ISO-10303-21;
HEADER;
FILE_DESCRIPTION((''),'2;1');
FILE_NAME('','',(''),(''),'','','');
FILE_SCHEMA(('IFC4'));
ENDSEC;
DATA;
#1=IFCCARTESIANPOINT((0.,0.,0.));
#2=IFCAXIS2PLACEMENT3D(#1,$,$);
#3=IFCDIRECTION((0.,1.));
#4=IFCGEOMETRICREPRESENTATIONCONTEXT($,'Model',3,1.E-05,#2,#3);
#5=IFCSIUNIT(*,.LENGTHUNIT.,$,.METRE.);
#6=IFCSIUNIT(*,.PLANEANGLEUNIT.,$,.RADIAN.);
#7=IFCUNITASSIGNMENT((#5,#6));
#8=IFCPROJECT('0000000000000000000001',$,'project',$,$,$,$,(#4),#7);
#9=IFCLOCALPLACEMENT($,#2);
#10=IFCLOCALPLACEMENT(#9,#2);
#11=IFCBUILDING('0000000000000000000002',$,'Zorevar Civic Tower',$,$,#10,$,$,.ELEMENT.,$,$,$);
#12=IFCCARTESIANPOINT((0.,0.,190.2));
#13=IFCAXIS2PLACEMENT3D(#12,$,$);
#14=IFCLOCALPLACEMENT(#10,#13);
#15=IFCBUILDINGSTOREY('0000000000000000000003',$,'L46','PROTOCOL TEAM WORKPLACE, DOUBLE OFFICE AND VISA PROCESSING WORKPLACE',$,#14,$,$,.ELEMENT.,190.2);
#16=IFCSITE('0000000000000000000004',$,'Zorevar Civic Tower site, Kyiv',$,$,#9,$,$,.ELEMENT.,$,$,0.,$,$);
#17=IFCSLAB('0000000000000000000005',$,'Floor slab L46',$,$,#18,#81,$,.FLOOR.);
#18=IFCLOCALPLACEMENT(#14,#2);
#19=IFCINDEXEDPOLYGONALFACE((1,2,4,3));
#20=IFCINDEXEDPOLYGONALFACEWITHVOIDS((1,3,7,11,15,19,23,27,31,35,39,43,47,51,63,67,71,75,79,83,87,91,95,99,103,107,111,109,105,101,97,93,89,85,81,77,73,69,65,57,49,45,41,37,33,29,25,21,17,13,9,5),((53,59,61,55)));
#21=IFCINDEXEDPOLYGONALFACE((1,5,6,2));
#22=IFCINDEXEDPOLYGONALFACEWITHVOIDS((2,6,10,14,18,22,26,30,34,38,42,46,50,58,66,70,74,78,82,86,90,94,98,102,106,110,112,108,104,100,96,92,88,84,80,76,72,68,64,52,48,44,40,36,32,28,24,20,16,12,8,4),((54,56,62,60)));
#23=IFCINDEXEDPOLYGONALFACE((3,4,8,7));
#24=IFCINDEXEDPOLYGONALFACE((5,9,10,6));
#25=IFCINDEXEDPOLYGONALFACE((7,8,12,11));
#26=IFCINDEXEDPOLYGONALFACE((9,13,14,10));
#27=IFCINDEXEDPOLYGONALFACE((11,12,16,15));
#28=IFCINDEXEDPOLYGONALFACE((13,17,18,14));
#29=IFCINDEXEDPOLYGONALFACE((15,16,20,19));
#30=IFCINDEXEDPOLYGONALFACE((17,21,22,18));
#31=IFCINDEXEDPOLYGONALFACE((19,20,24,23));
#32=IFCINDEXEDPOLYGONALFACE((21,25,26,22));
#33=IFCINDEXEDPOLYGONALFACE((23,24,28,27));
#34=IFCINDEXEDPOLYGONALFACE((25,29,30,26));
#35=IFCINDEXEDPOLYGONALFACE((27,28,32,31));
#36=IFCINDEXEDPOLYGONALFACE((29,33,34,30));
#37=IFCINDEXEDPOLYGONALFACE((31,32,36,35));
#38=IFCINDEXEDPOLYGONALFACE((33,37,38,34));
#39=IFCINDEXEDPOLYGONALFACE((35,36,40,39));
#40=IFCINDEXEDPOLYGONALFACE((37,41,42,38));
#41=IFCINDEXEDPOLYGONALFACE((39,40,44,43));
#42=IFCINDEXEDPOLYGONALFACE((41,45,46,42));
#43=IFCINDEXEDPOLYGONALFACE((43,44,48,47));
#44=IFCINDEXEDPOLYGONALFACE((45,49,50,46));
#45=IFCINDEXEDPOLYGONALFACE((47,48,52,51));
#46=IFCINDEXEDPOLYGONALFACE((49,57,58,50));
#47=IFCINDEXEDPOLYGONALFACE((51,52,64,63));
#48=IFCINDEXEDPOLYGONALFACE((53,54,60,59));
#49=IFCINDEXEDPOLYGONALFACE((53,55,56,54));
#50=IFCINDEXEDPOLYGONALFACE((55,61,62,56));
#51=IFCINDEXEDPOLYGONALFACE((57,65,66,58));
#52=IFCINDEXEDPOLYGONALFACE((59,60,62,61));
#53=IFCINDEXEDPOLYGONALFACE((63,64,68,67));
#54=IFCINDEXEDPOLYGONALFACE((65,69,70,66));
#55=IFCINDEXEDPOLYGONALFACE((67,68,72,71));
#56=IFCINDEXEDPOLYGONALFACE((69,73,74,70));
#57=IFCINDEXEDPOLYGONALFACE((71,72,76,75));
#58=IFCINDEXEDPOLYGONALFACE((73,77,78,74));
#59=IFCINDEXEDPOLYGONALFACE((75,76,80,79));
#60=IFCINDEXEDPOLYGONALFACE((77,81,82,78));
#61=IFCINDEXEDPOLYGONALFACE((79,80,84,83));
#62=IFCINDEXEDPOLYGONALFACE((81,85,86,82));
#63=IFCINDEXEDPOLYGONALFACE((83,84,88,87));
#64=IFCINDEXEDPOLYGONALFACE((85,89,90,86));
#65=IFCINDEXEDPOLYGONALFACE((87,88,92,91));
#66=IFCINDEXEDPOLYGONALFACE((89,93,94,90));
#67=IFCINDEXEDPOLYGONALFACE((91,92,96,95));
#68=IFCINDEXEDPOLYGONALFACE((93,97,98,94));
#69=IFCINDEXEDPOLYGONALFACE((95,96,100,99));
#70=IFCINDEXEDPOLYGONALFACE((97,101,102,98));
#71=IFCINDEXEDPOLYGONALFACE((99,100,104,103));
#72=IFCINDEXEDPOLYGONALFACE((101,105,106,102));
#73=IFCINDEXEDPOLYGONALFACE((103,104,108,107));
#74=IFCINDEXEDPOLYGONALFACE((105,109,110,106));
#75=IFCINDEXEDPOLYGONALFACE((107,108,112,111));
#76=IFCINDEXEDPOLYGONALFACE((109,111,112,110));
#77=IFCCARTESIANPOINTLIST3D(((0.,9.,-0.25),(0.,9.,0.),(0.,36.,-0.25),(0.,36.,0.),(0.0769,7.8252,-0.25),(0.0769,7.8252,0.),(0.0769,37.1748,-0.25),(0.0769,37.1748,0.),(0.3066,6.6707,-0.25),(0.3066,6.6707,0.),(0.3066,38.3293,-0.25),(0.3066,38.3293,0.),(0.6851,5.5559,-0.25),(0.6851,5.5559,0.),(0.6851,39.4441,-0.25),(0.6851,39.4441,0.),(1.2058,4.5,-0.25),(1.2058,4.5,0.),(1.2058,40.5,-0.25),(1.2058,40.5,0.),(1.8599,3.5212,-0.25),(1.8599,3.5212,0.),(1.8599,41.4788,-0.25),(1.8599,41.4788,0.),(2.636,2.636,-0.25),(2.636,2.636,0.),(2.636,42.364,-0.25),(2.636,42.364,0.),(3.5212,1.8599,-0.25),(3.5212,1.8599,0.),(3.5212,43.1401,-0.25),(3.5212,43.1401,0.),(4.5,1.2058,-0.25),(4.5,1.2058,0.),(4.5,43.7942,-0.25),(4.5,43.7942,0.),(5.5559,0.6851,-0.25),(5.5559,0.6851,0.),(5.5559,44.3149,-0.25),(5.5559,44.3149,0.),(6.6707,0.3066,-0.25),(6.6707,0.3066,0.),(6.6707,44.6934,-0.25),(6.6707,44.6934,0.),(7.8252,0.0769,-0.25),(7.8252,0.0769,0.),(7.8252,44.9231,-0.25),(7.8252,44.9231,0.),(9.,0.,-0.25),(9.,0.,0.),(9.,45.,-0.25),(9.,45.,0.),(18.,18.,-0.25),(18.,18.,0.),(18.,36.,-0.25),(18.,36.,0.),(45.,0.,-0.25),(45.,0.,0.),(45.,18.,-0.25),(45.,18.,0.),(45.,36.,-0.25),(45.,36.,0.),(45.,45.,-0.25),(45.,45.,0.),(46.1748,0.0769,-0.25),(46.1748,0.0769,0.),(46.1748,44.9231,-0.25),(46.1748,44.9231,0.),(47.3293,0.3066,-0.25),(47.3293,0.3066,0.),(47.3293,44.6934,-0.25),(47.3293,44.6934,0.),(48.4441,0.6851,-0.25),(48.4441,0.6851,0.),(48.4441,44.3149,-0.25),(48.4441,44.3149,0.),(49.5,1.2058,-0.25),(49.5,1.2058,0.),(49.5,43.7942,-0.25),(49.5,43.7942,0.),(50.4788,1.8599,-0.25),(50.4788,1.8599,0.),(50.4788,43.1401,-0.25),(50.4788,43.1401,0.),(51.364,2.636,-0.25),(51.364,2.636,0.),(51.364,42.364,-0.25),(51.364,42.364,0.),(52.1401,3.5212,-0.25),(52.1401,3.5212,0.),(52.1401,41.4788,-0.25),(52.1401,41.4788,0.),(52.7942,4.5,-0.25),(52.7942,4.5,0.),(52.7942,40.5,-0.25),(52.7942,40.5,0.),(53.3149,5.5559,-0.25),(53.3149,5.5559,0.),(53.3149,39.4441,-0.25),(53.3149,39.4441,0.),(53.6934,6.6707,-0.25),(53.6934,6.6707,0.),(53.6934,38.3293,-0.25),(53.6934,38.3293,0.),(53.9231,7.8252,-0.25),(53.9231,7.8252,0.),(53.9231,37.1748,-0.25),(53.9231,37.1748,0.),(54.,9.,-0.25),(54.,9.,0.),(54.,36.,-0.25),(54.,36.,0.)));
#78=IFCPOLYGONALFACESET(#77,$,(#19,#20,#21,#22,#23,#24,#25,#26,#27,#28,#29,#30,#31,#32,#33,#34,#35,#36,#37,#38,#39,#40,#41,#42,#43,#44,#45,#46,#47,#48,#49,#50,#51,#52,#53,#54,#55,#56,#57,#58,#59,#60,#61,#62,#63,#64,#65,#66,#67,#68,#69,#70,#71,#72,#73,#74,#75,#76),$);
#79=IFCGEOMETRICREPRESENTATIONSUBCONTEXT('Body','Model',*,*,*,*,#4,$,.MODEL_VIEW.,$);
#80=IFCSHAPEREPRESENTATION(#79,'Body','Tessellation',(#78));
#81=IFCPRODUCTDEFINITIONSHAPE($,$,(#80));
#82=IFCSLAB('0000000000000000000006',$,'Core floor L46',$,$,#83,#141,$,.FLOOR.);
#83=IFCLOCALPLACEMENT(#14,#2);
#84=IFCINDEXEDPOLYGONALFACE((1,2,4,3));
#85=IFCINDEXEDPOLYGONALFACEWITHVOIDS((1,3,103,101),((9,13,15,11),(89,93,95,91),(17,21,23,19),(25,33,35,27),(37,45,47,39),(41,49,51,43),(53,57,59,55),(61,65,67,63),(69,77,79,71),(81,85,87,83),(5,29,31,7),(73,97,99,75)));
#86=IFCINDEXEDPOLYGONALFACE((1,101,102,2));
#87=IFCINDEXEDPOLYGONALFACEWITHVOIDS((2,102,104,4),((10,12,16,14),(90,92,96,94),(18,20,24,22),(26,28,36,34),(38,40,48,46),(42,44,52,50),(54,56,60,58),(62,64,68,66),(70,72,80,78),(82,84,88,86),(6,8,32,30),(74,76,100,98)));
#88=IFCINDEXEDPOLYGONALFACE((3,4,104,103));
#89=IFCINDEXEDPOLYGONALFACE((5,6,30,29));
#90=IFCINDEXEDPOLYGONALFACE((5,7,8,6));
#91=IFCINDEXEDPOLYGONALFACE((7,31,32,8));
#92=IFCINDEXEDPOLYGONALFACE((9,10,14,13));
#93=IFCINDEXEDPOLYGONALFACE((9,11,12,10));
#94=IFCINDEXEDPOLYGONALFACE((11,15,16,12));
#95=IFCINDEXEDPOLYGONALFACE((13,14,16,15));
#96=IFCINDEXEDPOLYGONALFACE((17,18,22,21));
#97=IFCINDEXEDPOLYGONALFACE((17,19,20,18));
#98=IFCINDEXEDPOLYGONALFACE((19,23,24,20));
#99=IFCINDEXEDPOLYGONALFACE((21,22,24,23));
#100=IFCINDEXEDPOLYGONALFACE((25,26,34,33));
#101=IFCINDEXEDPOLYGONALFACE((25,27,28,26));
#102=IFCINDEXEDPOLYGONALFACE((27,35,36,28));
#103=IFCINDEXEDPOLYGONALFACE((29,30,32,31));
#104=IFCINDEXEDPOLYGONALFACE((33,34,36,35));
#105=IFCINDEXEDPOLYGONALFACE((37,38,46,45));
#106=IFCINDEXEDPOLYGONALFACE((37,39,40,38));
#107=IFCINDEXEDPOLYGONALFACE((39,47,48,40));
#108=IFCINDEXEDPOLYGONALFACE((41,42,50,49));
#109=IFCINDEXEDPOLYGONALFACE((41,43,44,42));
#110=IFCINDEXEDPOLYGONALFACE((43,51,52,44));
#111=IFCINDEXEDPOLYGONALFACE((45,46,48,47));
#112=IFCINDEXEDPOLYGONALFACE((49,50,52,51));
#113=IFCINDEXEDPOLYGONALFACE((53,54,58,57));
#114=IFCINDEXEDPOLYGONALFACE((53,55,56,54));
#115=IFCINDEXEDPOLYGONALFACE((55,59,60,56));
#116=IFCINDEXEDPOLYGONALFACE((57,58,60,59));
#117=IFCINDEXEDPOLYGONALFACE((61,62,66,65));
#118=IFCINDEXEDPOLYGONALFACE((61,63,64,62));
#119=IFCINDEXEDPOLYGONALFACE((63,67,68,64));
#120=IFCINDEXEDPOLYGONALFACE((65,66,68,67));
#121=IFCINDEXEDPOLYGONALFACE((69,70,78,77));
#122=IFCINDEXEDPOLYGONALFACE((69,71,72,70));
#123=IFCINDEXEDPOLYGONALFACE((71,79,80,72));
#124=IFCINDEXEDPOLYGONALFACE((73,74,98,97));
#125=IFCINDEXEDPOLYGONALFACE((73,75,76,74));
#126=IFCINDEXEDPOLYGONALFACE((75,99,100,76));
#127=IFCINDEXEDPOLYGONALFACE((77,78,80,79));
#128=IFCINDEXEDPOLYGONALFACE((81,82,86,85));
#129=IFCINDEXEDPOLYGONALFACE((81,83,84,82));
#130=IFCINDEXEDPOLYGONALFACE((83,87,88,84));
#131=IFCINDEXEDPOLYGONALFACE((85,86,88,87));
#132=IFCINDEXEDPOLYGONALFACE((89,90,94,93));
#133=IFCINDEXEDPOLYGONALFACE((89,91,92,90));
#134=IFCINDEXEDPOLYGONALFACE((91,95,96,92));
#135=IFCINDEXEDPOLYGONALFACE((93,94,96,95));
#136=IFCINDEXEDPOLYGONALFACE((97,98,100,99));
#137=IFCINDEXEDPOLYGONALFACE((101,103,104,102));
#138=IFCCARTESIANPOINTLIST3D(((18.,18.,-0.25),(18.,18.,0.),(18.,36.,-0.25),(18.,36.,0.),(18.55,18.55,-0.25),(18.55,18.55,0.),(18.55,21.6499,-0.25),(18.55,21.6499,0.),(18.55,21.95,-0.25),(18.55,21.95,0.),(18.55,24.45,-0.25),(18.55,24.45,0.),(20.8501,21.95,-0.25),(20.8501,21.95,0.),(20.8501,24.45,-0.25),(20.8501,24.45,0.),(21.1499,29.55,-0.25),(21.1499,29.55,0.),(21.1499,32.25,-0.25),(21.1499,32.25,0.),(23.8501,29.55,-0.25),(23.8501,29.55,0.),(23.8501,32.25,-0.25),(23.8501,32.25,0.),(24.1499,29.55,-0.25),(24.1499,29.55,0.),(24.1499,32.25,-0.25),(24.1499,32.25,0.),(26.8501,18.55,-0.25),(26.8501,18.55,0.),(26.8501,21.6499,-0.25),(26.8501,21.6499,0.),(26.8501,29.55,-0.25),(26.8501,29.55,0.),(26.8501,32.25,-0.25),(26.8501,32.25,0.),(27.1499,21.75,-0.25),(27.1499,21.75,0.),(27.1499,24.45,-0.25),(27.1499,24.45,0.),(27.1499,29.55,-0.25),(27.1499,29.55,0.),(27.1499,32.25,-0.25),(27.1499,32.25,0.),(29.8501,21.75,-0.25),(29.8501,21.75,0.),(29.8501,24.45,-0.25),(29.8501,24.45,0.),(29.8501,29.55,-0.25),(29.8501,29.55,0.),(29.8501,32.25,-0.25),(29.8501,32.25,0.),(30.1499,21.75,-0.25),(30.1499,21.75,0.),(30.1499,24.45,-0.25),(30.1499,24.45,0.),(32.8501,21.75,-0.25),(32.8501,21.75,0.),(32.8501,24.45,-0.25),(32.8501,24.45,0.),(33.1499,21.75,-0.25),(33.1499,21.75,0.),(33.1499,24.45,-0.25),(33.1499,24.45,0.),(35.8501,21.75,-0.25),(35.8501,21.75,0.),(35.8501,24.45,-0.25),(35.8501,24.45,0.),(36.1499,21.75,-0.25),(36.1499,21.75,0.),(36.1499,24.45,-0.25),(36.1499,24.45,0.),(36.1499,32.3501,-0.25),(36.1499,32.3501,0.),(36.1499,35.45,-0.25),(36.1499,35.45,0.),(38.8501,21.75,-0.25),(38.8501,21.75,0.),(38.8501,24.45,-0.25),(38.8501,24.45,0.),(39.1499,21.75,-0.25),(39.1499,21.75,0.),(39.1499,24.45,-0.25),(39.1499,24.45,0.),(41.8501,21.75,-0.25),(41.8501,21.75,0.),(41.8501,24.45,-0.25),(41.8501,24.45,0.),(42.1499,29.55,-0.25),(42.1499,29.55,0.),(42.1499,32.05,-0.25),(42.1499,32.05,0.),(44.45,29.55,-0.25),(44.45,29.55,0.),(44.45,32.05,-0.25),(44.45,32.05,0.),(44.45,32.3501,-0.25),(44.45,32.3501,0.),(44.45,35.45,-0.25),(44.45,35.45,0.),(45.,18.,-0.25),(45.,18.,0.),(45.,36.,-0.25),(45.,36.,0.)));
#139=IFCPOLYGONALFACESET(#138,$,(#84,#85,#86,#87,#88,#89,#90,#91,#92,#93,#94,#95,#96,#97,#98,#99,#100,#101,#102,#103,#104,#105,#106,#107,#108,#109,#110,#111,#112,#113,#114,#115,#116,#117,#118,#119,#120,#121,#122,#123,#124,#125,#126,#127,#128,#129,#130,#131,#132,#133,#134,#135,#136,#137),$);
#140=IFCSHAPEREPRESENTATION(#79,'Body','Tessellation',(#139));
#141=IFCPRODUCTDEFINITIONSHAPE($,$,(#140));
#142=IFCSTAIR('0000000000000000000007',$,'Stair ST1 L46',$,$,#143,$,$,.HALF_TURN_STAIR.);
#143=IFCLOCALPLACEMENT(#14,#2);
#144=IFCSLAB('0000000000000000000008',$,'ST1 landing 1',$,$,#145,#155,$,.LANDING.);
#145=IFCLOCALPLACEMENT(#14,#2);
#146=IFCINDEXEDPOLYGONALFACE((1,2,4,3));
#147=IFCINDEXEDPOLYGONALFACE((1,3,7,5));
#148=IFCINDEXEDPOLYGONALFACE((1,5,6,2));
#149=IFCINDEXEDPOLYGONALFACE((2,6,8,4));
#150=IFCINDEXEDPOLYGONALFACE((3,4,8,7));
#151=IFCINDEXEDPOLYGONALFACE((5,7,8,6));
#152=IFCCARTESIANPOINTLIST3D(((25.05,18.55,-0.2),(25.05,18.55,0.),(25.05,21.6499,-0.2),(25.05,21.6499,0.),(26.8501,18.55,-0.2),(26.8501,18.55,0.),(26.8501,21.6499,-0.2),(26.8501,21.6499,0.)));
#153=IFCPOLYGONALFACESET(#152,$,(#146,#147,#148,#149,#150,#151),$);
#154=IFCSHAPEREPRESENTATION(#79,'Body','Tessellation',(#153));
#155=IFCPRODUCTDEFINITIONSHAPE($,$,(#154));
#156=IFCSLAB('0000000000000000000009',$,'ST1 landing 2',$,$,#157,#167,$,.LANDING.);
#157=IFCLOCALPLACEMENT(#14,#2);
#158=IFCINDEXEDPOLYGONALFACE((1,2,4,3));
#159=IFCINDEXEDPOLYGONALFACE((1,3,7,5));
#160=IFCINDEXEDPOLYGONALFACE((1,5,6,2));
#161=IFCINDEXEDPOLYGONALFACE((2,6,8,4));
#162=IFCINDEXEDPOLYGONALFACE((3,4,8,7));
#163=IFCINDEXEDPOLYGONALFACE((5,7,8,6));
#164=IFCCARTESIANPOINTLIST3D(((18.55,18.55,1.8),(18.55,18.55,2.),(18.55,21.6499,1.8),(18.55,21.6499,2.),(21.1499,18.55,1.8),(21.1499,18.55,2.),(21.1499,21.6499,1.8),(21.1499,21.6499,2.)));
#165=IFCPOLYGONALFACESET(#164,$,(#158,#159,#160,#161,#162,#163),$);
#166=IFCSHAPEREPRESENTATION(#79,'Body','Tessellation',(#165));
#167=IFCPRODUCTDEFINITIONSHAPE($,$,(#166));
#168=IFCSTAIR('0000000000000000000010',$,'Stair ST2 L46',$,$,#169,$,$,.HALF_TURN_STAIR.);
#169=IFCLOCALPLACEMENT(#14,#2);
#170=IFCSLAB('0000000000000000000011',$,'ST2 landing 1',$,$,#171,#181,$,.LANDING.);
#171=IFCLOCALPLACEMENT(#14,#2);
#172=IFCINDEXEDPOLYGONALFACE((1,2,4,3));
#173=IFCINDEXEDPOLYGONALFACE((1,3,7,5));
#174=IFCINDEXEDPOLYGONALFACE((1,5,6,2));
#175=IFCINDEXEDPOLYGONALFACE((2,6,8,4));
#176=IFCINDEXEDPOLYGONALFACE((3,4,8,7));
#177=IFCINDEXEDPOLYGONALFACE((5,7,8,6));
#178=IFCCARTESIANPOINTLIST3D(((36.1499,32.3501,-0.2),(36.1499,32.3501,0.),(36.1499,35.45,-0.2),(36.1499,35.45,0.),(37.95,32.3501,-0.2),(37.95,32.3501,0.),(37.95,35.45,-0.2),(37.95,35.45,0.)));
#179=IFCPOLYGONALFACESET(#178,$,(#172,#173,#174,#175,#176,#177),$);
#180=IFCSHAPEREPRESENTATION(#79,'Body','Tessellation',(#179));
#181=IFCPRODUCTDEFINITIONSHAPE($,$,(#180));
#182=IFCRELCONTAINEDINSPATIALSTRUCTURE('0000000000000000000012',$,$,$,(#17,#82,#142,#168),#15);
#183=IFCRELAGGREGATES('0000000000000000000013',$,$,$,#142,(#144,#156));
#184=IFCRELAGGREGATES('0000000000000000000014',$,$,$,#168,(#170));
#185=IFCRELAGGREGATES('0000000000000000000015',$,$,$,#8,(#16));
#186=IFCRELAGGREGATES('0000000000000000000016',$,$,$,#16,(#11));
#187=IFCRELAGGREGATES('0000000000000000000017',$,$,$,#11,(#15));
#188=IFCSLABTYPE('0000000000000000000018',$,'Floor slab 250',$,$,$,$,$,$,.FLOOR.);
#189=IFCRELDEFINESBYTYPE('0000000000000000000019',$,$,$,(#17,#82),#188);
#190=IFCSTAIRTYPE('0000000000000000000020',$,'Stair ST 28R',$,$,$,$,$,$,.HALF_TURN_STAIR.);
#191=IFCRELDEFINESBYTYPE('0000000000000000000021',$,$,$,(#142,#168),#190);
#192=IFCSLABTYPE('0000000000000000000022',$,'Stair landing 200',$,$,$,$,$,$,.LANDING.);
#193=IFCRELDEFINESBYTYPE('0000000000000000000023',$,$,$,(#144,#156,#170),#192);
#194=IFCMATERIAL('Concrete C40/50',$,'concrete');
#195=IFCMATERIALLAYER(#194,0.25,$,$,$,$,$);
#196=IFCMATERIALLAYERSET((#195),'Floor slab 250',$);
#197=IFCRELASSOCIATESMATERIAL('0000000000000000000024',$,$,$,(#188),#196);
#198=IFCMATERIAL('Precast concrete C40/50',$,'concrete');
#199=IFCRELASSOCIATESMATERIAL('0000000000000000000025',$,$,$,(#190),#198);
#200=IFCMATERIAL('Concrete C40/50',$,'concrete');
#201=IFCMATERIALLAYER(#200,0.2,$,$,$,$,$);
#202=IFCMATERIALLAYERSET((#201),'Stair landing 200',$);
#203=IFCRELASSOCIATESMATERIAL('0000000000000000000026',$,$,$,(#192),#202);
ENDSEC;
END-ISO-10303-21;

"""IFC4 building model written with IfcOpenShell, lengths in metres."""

from ifc_helpers import new_model, si_unit, direction, frame, origin, place, context, subcontext, project, spatial, polyline, outline, extrude, material, layer, layer_set, type_object, element, aggregate, save


model = new_model("IFC4")

# Units and contexts
model_context = context("Model", 3, precision=1e-05, world=origin(), true_north=direction((0.0, 1.0)))
body_context = subcontext(model_context, "Body", "Model", "MODEL_VIEW")
ifc_project = project(units=[si_unit("LENGTHUNIT", "METRE"), si_unit("PLANEANGLEUNIT", "RADIAN")], contexts=[model_context])

# Site, building, storey
site_placement = place(None, origin())
site = spatial("IfcSite", under=ifc_project, at=site_placement, Name="Zorevar Civic Tower site, Kyiv", CompositionType="ELEMENT", RefElevation=0.0)
building_placement = place(site_placement, origin())
building = spatial("IfcBuilding", under=site, at=building_placement, Name="Zorevar Civic Tower", CompositionType="ELEMENT")
storey_placement = place(building_placement, frame((0.0, 0.0, 190.2)))
storey = spatial("IfcBuildingStorey", under=building, at=storey_placement, Name="L46", Description="PROTOCOL TEAM WORKPLACE, DOUBLE OFFICE AND VISA PROCESSING WORKPLACE", CompositionType="ELEMENT", Elevation=190.2)

# Slabs
ifc_material_1 = material(Name="Concrete C40/50", Category="concrete")
ifc_layer_1 = layer(ifc_material_1, 0.25)
ifc_layer_set_1 = layer_set([ifc_layer_1], Name="Floor slab 250")
slab_type_1 = type_object("IfcSlabType", Name="Floor slab 250", PredefinedType="FLOOR", material=ifc_layer_set_1)
slab_1_placement = place(storey_placement, frame((0.0, 0.0, -0.25)))
element("IfcSlab", 1, at=slab_1_placement, inside=storey, type_object=slab_type_1, Name="Floor slab L46", PredefinedType="FLOOR", context=body_context, shape_type="SweptSolid", body=[
    extrude(outline(polyline([(45.0, 0.0), (46.1748, 0.0769), (47.3293, 0.3066), (48.4441, 0.6851), (49.5, 1.2058), (50.4788, 1.8599), (51.364, 2.636), (52.1401, 3.5212), (52.7942, 4.5), (53.3149, 5.5559), (53.6934, 6.6707), (53.9231, 7.8252), (54.0, 9.0), (54.0, 36.0), (53.9231, 37.1748), (53.6934, 38.3293), (53.3149, 39.4441), (52.7942, 40.5), (52.1401, 41.4788), (51.364, 42.364), (50.4788, 43.1401), (49.5, 43.7942), (48.4441, 44.3149), (47.3293, 44.6934), (46.1748, 44.9231), (45.0, 45.0), (9.0, 45.0), (7.8252, 44.9231), (6.6707, 44.6934), (5.5559, 44.3149), (4.5, 43.7942), (3.5212, 43.1401), (2.636, 42.364), (1.8599, 41.4788), (1.2058, 40.5), (0.6851, 39.4441), (0.3066, 38.3293), (0.0769, 37.1748), (0.0, 36.0), (0.0, 9.0), (0.0769, 7.8252), (0.3066, 6.6707), (0.6851, 5.5559), (1.2058, 4.5), (1.8599, 3.5212), (2.636, 2.636), (3.5212, 1.8599), (4.5, 1.2058), (5.5559, 0.6851), (6.6707, 0.3066), (7.8252, 0.0769), (9.0, 0.0), (45.0, 0.0)]), holes=[polyline([(18.0, 18.0), (45.0, 18.0), (45.0, 36.0), (18.0, 36.0), (18.0, 18.0)])]), origin(), (0.0, 0.0, 1.0), 0.25),
])
slab_2_placement = place(storey_placement, frame((0.0, 0.0, -0.25)))
element("IfcSlab", 2, at=slab_2_placement, inside=storey, type_object=slab_type_1, Name="Core floor L46", PredefinedType="FLOOR", context=body_context, shape_type="SweptSolid", body=[
    extrude(outline(polyline([(18.0, 18.0), (45.0, 18.0), (45.0, 36.0), (18.0, 36.0), (18.0, 18.0)]), holes=[polyline([(18.55, 18.55), (26.8501, 18.55), (26.8501, 21.6499), (18.55, 21.6499), (18.55, 18.55)]), polyline([(36.1499, 32.3501), (44.45, 32.3501), (44.45, 35.45), (36.1499, 35.45), (36.1499, 32.3501)]), polyline([(18.55, 21.95), (20.8501, 21.95), (20.8501, 24.45), (18.55, 24.45), (18.55, 21.95)]), polyline([(42.1499, 29.55), (44.45, 29.55), (44.45, 32.05), (42.1499, 32.05), (42.1499, 29.55)]), polyline([(27.1499, 21.75), (29.8501, 21.75), (29.8501, 24.45), (27.1499, 24.45), (27.1499, 21.75)]), polyline([(30.1499, 21.75), (32.8501, 21.75), (32.8501, 24.45), (30.1499, 24.45), (30.1499, 21.75)]), polyline([(33.1499, 21.75), (35.8501, 21.75), (35.8501, 24.45), (33.1499, 24.45), (33.1499, 21.75)]), polyline([(27.1499, 29.55), (29.8501, 29.55), (29.8501, 32.25), (27.1499, 32.25), (27.1499, 29.55)]), polyline([(36.1499, 21.75), (38.8501, 21.75), (38.8501, 24.45), (36.1499, 24.45), (36.1499, 21.75)]), polyline([(24.1499, 29.55), (26.8501, 29.55), (26.8501, 32.25), (24.1499, 32.25), (24.1499, 29.55)]), polyline([(39.1499, 21.75), (41.8501, 21.75), (41.8501, 24.45), (39.1499, 24.45), (39.1499, 21.75)]), polyline([(21.1499, 29.55), (23.8501, 29.55), (23.8501, 32.25), (21.1499, 32.25), (21.1499, 29.55)])]), origin(), (0.0, 0.0, 1.0), 0.25),
])

# Stairs, slabs
ifc_material_2 = material(Name="Precast concrete C40/50", Category="concrete")
stair_type = type_object("IfcStairType", Name="Stair ST 28R", PredefinedType="HALF_TURN_STAIR", material=ifc_material_2)
stair_1_placement = place(storey_placement, origin())
stair_1 = element("IfcStair", 3, at=stair_1_placement, inside=storey, type_object=stair_type, Name="Stair ST1 L46", PredefinedType="HALF_TURN_STAIR")
ifc_material_3 = material(Name="Concrete C40/50", Category="concrete")
ifc_layer_2 = layer(ifc_material_3, 0.2)
ifc_layer_set_2 = layer_set([ifc_layer_2], Name="Stair landing 200")
slab_type_2 = type_object("IfcSlabType", Name="Stair landing 200", PredefinedType="LANDING", material=ifc_layer_set_2)
slab_3_placement = place(storey_placement, frame((0.0, 0.0, -0.2)))
slab_3 = element("IfcSlab", 4, at=slab_3_placement, type_object=slab_type_2, Name="ST1 landing 1", PredefinedType="LANDING", context=body_context, shape_type="SweptSolid", body=[
    extrude(outline(polyline([(25.05, 18.55), (26.8501, 18.55), (26.8501, 21.6499), (25.05, 21.6499), (25.05, 18.55)])), origin(), (0.0, 0.0, 1.0), 0.2),
])
slab_4_placement = place(storey_placement, frame((0.0, 0.0, 1.8)))
slab_4 = element("IfcSlab", 5, at=slab_4_placement, type_object=slab_type_2, Name="ST1 landing 2", PredefinedType="LANDING", context=body_context, shape_type="SweptSolid", body=[
    extrude(outline(polyline([(18.55, 18.55), (21.1499, 18.55), (21.1499, 21.6499), (18.55, 21.6499), (18.55, 18.55)])), origin(), (0.0, 0.0, 1.0), 0.2),
])
aggregate(stair_1, [slab_3, slab_4])
stair_2_placement = place(storey_placement, origin())
stair_2 = element("IfcStair", 6, at=stair_2_placement, inside=storey, type_object=stair_type, Name="Stair ST2 L46", PredefinedType="HALF_TURN_STAIR")
slab_5_placement = place(storey_placement, frame((0.0, 0.0, -0.2)))
slab_5 = element("IfcSlab", 7, at=slab_5_placement, type_object=slab_type_2, Name="ST2 landing 1", PredefinedType="LANDING", context=body_context, shape_type="SweptSolid", body=[
    extrude(outline(polyline([(37.95, 32.3501), (36.1499, 32.3501), (36.1499, 35.45), (37.95, 35.45), (37.95, 32.3501)])), origin(), (0.0, 0.0, 1.0), 0.2),
])
aggregate(stair_2, [slab_5])

save(model, "model.ifc")
